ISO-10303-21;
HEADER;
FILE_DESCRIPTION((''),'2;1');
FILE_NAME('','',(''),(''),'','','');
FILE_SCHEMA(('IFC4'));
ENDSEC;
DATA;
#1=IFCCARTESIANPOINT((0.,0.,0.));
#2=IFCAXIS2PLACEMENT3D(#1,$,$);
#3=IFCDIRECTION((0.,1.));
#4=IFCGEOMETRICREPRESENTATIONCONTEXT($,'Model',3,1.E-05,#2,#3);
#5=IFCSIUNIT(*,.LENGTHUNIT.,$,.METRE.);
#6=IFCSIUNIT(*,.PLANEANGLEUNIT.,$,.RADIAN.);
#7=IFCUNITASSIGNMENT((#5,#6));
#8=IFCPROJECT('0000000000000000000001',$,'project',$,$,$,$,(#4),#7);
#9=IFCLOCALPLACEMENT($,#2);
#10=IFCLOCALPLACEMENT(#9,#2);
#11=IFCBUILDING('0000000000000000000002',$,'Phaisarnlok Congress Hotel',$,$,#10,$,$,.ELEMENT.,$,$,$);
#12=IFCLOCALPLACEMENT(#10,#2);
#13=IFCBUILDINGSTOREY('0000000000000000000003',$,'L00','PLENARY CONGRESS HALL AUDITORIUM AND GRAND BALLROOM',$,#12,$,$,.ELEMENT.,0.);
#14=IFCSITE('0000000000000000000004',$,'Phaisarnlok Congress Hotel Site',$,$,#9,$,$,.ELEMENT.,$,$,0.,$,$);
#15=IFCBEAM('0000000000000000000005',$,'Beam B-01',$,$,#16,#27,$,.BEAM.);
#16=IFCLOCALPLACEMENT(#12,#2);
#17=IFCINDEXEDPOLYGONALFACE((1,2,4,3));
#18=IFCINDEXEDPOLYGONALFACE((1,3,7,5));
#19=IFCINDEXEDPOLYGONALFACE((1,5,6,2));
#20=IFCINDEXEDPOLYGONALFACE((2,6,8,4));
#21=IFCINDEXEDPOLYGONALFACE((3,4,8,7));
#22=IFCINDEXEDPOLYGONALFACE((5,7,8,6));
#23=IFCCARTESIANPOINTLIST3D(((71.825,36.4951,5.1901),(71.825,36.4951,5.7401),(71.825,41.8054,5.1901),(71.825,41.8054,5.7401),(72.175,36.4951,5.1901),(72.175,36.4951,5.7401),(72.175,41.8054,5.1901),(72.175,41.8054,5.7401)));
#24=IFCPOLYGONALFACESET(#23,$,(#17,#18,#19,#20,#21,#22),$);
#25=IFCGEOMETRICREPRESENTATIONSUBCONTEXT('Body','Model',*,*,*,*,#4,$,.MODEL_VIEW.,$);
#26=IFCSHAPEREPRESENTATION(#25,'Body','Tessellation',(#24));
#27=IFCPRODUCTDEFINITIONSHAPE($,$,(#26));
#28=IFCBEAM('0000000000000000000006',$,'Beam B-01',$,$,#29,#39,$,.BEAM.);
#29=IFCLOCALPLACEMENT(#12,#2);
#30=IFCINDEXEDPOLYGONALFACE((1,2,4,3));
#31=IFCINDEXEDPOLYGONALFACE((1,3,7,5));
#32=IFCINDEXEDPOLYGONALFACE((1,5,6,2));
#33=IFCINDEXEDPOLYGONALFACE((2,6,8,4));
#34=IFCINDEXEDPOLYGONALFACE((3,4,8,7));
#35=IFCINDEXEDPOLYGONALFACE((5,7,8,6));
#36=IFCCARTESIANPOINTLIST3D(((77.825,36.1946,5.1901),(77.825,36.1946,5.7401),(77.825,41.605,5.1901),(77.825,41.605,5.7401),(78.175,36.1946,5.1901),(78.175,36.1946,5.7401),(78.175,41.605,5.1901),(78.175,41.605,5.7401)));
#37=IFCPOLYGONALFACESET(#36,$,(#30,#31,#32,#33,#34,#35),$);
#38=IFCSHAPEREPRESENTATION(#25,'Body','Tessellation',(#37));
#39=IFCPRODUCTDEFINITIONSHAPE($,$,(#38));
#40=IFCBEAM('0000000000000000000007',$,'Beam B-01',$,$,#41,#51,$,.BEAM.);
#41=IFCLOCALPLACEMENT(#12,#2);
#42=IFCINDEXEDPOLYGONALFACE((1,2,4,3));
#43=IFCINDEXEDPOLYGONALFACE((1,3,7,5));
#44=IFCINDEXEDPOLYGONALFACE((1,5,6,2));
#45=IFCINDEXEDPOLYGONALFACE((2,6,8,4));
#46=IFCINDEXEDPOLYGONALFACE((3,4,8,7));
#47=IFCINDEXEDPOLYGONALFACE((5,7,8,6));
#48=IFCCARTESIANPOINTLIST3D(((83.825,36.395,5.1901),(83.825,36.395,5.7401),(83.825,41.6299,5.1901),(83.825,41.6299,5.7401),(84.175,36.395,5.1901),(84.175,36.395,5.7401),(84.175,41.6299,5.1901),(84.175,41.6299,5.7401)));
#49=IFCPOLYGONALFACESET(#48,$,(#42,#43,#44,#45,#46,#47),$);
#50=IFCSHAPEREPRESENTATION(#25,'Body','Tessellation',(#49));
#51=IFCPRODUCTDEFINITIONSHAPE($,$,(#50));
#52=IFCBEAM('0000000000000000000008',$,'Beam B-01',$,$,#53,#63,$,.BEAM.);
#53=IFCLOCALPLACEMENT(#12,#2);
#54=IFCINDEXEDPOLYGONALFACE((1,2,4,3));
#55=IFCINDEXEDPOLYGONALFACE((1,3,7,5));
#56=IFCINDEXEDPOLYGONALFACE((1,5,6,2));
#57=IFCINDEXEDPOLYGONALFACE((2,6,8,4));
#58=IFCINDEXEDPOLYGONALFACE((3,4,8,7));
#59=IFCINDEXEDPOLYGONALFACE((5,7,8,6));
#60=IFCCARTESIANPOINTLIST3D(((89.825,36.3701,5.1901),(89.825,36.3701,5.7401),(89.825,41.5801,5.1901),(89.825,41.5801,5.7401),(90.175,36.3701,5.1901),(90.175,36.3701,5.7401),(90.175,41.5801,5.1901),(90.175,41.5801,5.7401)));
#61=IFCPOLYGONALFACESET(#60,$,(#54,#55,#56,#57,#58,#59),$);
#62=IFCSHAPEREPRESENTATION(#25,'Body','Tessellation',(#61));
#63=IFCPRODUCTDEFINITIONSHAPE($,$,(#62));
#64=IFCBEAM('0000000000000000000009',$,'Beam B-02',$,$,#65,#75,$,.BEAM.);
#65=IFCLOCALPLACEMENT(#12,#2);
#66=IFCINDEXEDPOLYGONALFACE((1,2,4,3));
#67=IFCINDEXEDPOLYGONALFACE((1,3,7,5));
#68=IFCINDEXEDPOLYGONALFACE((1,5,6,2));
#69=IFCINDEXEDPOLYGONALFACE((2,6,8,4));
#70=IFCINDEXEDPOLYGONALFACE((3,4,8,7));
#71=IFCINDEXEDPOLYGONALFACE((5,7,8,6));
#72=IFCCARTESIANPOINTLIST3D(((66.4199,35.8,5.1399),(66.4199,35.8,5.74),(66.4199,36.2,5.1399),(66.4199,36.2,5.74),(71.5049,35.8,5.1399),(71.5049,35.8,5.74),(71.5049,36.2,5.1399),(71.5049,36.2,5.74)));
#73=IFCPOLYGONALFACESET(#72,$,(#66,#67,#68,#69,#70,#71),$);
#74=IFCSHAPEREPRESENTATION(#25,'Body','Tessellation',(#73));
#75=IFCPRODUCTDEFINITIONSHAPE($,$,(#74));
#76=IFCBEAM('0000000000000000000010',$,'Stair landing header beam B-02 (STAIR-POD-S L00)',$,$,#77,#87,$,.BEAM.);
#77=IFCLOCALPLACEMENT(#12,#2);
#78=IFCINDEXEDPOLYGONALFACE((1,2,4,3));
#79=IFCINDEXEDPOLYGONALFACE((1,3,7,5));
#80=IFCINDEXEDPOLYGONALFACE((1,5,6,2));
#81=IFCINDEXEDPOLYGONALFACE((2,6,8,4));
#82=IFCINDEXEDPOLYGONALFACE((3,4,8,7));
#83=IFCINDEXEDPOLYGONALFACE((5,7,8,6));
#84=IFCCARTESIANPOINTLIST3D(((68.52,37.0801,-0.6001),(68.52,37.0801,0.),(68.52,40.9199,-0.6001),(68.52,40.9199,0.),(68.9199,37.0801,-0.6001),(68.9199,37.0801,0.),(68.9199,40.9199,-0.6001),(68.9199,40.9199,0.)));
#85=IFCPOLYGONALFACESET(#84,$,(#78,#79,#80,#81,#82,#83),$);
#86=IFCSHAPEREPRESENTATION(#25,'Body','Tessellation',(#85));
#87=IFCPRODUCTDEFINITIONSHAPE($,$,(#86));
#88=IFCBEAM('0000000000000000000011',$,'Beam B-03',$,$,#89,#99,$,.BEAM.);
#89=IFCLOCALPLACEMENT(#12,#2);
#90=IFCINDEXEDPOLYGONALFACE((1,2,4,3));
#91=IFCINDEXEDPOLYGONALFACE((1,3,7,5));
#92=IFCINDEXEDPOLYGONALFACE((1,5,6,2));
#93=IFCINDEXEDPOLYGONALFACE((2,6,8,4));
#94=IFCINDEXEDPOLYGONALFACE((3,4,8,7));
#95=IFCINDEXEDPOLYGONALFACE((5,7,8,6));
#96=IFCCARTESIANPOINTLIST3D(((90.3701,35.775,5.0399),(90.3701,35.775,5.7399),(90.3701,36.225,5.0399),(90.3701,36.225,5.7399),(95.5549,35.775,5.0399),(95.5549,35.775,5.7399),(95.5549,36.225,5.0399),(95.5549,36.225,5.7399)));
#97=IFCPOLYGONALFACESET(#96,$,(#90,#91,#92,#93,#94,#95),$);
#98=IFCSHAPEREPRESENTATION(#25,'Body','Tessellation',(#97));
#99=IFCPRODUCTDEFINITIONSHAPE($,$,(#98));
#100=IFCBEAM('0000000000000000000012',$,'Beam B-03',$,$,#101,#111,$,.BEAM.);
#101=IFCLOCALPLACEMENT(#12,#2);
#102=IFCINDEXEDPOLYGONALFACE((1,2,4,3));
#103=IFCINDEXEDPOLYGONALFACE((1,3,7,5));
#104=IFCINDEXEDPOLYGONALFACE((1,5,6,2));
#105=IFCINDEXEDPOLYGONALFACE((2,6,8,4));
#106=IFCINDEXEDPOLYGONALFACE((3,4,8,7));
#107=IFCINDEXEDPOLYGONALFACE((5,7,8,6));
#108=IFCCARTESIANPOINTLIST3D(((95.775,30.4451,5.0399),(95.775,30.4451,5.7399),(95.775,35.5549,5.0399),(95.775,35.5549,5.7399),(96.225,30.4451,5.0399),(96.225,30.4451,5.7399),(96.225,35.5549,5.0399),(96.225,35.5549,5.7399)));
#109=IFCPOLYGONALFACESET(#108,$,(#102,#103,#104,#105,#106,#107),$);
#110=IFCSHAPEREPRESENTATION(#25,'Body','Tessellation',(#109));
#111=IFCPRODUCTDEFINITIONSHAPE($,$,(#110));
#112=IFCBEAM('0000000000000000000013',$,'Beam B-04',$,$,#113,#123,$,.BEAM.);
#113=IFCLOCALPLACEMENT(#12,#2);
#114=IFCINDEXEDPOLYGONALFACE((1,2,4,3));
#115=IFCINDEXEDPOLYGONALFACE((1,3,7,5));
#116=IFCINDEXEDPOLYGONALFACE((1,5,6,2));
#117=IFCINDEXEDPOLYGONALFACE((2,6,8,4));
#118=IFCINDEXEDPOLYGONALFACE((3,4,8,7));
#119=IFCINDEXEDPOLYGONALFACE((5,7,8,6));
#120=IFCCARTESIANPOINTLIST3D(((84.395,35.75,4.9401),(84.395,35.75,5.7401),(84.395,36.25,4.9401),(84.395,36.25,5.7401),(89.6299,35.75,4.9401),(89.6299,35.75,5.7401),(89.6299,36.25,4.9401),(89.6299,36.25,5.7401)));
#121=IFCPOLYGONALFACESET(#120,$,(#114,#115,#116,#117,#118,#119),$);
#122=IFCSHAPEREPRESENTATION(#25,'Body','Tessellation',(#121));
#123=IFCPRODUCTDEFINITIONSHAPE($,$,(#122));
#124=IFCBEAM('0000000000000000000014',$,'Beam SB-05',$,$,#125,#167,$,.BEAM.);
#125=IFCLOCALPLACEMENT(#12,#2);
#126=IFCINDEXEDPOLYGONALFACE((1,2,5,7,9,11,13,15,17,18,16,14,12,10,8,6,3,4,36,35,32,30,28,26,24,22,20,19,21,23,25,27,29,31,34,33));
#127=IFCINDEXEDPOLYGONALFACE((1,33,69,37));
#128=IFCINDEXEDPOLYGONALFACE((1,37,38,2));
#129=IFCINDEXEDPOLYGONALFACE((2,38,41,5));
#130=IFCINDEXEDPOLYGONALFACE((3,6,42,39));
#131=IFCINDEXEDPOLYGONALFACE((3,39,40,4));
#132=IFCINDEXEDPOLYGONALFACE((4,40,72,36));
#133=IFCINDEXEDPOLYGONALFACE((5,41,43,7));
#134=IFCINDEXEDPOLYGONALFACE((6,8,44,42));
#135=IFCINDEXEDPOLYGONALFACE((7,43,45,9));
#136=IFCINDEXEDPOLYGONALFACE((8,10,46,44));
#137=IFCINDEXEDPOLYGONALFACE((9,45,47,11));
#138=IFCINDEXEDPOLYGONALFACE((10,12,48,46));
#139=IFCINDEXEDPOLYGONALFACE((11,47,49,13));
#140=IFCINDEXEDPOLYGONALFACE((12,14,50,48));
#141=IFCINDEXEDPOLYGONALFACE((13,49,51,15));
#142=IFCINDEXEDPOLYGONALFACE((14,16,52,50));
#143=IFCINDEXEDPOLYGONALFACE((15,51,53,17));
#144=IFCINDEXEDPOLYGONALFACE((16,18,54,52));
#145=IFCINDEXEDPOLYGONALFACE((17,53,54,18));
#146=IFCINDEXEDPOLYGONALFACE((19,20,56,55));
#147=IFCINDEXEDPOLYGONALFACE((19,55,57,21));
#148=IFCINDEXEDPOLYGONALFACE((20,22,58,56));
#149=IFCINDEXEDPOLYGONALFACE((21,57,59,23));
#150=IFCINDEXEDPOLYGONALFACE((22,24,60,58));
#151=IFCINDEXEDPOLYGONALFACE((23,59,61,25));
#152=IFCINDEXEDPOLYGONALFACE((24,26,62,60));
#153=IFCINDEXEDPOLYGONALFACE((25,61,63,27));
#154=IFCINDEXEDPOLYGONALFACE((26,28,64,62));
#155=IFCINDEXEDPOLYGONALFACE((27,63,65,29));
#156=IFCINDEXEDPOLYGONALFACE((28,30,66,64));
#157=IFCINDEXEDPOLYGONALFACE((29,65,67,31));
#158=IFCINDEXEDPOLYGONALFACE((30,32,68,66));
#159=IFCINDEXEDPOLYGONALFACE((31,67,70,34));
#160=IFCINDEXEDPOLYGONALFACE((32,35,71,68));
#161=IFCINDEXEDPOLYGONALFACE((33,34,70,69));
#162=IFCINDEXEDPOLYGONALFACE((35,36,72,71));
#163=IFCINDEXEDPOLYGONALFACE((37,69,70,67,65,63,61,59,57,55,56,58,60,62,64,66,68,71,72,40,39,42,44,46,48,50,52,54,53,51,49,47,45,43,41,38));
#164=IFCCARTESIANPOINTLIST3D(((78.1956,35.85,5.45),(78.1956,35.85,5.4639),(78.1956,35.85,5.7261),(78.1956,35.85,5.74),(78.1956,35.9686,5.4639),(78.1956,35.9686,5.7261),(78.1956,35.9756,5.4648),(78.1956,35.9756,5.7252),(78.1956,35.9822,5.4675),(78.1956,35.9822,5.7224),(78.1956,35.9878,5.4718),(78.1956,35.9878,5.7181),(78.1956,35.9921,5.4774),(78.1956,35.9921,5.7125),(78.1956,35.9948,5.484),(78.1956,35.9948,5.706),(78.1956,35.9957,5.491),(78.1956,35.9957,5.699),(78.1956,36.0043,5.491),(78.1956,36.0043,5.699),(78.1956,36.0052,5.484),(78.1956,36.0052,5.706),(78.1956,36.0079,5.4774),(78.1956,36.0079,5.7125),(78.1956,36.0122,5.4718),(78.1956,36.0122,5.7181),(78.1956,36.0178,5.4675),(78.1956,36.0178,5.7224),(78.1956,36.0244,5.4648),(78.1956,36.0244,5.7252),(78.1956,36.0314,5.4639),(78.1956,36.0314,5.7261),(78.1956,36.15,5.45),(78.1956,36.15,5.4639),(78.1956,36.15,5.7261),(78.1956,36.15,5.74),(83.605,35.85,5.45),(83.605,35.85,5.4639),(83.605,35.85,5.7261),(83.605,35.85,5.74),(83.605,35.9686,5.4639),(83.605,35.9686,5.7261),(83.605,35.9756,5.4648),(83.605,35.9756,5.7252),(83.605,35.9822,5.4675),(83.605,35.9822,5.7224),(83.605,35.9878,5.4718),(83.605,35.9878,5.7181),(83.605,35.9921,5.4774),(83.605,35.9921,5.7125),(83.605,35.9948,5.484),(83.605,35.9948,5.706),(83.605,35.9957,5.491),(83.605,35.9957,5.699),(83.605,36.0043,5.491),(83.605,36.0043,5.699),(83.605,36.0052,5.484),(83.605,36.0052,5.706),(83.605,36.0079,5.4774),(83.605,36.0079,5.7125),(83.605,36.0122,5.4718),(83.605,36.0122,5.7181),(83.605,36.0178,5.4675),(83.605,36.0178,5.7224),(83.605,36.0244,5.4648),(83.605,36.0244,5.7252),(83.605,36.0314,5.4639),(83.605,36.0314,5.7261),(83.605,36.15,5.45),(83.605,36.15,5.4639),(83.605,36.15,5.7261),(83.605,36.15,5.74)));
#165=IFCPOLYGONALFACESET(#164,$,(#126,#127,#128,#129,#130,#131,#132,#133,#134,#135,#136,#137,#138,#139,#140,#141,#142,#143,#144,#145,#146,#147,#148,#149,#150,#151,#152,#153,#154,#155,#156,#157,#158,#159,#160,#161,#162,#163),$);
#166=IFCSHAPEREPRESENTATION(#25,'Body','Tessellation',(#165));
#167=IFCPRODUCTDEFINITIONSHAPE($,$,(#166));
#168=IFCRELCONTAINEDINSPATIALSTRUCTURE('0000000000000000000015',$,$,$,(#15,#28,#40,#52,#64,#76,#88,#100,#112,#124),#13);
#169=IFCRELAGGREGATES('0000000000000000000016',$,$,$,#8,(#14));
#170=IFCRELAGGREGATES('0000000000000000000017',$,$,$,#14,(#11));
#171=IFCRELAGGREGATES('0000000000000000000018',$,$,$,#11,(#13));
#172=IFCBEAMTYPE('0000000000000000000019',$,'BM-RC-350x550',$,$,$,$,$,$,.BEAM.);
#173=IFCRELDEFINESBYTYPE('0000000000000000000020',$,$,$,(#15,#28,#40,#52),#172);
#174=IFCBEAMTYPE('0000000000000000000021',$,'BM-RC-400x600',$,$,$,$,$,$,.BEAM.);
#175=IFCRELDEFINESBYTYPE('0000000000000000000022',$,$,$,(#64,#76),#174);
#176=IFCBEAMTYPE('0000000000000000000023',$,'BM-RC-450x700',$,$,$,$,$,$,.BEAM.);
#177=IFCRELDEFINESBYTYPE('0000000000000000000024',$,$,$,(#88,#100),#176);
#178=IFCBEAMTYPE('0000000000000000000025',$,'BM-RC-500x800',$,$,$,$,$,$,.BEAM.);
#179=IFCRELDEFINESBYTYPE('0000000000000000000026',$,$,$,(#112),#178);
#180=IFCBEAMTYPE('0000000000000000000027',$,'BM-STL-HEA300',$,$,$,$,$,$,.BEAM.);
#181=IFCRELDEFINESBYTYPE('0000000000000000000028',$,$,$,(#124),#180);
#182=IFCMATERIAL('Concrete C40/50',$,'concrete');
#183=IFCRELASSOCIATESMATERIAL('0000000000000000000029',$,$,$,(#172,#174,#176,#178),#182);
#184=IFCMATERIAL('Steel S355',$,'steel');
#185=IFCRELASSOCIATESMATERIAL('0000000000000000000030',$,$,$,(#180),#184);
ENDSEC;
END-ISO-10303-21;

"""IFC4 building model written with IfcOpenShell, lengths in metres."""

from ifc_helpers import new_model, si_unit, direction, frame, origin, origin_2d, place, context, subcontext, project, spatial, rectangle, i_section, extrude, material, material_profile, profile_set, type_object, element, save


model = new_model("IFC4")

# Units and contexts
model_context = context("Model", 3, precision=1e-05, world=origin(), true_north=direction((0.0, 1.0)))
body_context = subcontext(model_context, "Body", "Model", "MODEL_VIEW")
ifc_project = project(units=[si_unit("LENGTHUNIT", "METRE"), si_unit("PLANEANGLEUNIT", "RADIAN")], contexts=[model_context])

# Site, building, storey
site_placement = place(None, origin())
site = spatial("IfcSite", under=ifc_project, at=site_placement, Name="Phaisarnlok Congress Hotel Site", CompositionType="ELEMENT", RefElevation=0.0)
building_placement = place(site_placement, origin())
building = spatial("IfcBuilding", under=site, at=building_placement, Name="Phaisarnlok Congress Hotel", CompositionType="ELEMENT")
storey_placement = place(building_placement, origin())
storey = spatial("IfcBuildingStorey", under=building, at=storey_placement, Name="L00", Description="PLENARY CONGRESS HALL AUDITORIUM AND GRAND BALLROOM", CompositionType="ELEMENT", Elevation=0.0)

# Shared definitions
ifc_material_1 = material(Name="Steel S355", Category="steel")

# Beams
ifc_material_2 = material(Name="Concrete C40/50", Category="concrete")
ifc_material_profile_1 = material_profile(ifc_material_2, rectangle(XDim=0.3501, YDim=0.55, at=origin_2d()), Name="RC 350x550")
ifc_profile_set_1 = profile_set([ifc_material_profile_1], Name="Concrete C40/50")
beam_type_1 = type_object("IfcBeamType", Name="BM-RC-350x550", PredefinedType="BEAM", material=ifc_profile_set_1)
beam_1_placement = place(storey_placement, frame((72.0, 36.4951, 5.4651), z_axis=(0.0, 1.0, 0.0), x_axis=(-1.0, 0.0, 0.0)))
element("IfcBeam", 1, at=beam_1_placement, inside=storey, type_object=beam_type_1, Name="Beam B-01", PredefinedType="BEAM", context=body_context, shape_type="SweptSolid", body=[
    extrude(rectangle(XDim=0.3501, YDim=0.55, at=origin_2d()), origin(), (0.0, 0.0, 1.0), 5.3103),
])
beam_2_placement = place(storey_placement, frame((78.0, 36.1946, 5.4651), z_axis=(0.0, 1.0, 0.0), x_axis=(-1.0, 0.0, 0.0)))
element("IfcBeam", 2, at=beam_2_placement, inside=storey, type_object=beam_type_1, Name="Beam B-01", PredefinedType="BEAM", context=body_context, shape_type="SweptSolid", body=[
    extrude(rectangle(XDim=0.3501, YDim=0.55, at=origin_2d()), origin(), (0.0, 0.0, 1.0), 5.4104),
])
beam_3_placement = place(storey_placement, frame((84.0, 36.395, 5.4651), z_axis=(0.0, 1.0, 0.0), x_axis=(-1.0, 0.0, 0.0)))
element("IfcBeam", 3, at=beam_3_placement, inside=storey, type_object=beam_type_1, Name="Beam B-01", PredefinedType="BEAM", context=body_context, shape_type="SweptSolid", body=[
    extrude(rectangle(XDim=0.3501, YDim=0.55, at=origin_2d()), origin(), (0.0, 0.0, 1.0), 5.2349),
])
beam_4_placement = place(storey_placement, frame((90.0, 36.3701, 5.4651), z_axis=(0.0, 1.0, 0.0), x_axis=(-1.0, 0.0, 0.0)))
element("IfcBeam", 4, at=beam_4_placement, inside=storey, type_object=beam_type_1, Name="Beam B-01", PredefinedType="BEAM", context=body_context, shape_type="SweptSolid", body=[
    extrude(rectangle(XDim=0.3501, YDim=0.55, at=origin_2d()), origin(), (0.0, 0.0, 1.0), 5.21),
])
ifc_material_profile_2 = material_profile(ifc_material_2, rectangle(XDim=0.3999, YDim=0.6001, at=origin_2d()), Name="RC 400x600")
ifc_profile_set_2 = profile_set([ifc_material_profile_2], Name="Concrete C40/50")
beam_type_2 = type_object("IfcBeamType", Name="BM-RC-400x600", PredefinedType="BEAM", material=ifc_profile_set_2)
beam_5_placement = place(storey_placement, frame((66.4199, 36.0, 5.4399), z_axis=(1.0, 0.0, 0.0), x_axis=(0.0, 1.0, 0.0)))
element("IfcBeam", 5, at=beam_5_placement, inside=storey, type_object=beam_type_2, Name="Beam B-02", PredefinedType="BEAM", context=body_context, shape_type="SweptSolid", body=[
    extrude(rectangle(XDim=0.3999, YDim=0.6001, at=origin_2d()), origin(), (0.0, 0.0, 1.0), 5.085),
])
beam_6_placement = place(storey_placement, frame((68.72, 37.0801, -0.3), z_axis=(0.0, 1.0, 0.0), x_axis=(-1.0, 0.0, 0.0)))
element("IfcBeam", 6, at=beam_6_placement, inside=storey, type_object=beam_type_2, Name="Stair landing header beam B-02 (STAIR-POD-S L00)", PredefinedType="BEAM", context=body_context, shape_type="SweptSolid", body=[
    extrude(rectangle(XDim=0.3999, YDim=0.6001, at=origin_2d()), origin(), (0.0, 0.0, 1.0), 3.8398),
])
ifc_material_profile_3 = material_profile(ifc_material_2, rectangle(XDim=0.45, YDim=0.7, at=origin_2d()), Name="RC 450x700")
ifc_profile_set_3 = profile_set([ifc_material_profile_3], Name="Concrete C40/50")
beam_type_3 = type_object("IfcBeamType", Name="BM-RC-450x700", PredefinedType="BEAM", material=ifc_profile_set_3)
beam_7_placement = place(storey_placement, frame((90.3701, 36.0, 5.3899), z_axis=(1.0, 0.0, 0.0), x_axis=(0.0, 1.0, 0.0)))
element("IfcBeam", 7, at=beam_7_placement, inside=storey, type_object=beam_type_3, Name="Beam B-03", PredefinedType="BEAM", context=body_context, shape_type="SweptSolid", body=[
    extrude(rectangle(XDim=0.45, YDim=0.7, at=origin_2d()), origin(), (0.0, 0.0, 1.0), 5.1848),
])
beam_8_placement = place(storey_placement, frame((96.0, 30.4451, 5.3899), z_axis=(0.0, 1.0, 0.0), x_axis=(-1.0, 0.0, 0.0)))
element("IfcBeam", 8, at=beam_8_placement, inside=storey, type_object=beam_type_3, Name="Beam B-03", PredefinedType="BEAM", context=body_context, shape_type="SweptSolid", body=[
    extrude(rectangle(XDim=0.45, YDim=0.7, at=origin_2d()), origin(), (0.0, 0.0, 1.0), 5.1099),
])
ifc_material_profile_4 = material_profile(ifc_material_2, rectangle(XDim=0.5, YDim=0.8, at=origin_2d()), Name="RC 500x800")
ifc_profile_set_4 = profile_set([ifc_material_profile_4], Name="Concrete C40/50")
beam_type_4 = type_object("IfcBeamType", Name="BM-RC-500x800", PredefinedType="BEAM", material=ifc_profile_set_4)
beam_9_placement = place(storey_placement, frame((84.395, 36.0, 5.3401), z_axis=(1.0, 0.0, 0.0), x_axis=(0.0, 1.0, 0.0)))
element("IfcBeam", 9, at=beam_9_placement, inside=storey, type_object=beam_type_4, Name="Beam B-04", PredefinedType="BEAM", context=body_context, shape_type="SweptSolid", body=[
    extrude(rectangle(XDim=0.5, YDim=0.8, at=origin_2d()), origin(), (0.0, 0.0, 1.0), 5.2349),
])
ifc_material_profile_5 = material_profile(ifc_material_1, i_section(OverallWidth=0.3, OverallDepth=0.29, WebThickness=0.0085, FlangeThickness=0.0139, FilletRadius=0.0271, at=origin_2d()), Name="HEA 300")
ifc_profile_set_5 = profile_set([ifc_material_profile_5], Name="Steel S355")
beam_type_5 = type_object("IfcBeamType", Name="BM-STL-HEA300", PredefinedType="BEAM", material=ifc_profile_set_5)
beam_10_placement = place(storey_placement, frame((78.1956, 36.0, 5.595), z_axis=(1.0, 0.0, 0.0), x_axis=(0.0, 1.0, 0.0)))
element("IfcBeam", 10, at=beam_10_placement, inside=storey, type_object=beam_type_5, Name="Beam SB-05", PredefinedType="BEAM", context=body_context, shape_type="SweptSolid", body=[
    extrude(i_section(OverallWidth=0.3, OverallDepth=0.29, WebThickness=0.0085, FlangeThickness=0.0139, FilletRadius=0.0271, at=origin_2d()), origin(), (0.0, 0.0, 1.0), 5.4094),
])

save(model, "model.ifc")
